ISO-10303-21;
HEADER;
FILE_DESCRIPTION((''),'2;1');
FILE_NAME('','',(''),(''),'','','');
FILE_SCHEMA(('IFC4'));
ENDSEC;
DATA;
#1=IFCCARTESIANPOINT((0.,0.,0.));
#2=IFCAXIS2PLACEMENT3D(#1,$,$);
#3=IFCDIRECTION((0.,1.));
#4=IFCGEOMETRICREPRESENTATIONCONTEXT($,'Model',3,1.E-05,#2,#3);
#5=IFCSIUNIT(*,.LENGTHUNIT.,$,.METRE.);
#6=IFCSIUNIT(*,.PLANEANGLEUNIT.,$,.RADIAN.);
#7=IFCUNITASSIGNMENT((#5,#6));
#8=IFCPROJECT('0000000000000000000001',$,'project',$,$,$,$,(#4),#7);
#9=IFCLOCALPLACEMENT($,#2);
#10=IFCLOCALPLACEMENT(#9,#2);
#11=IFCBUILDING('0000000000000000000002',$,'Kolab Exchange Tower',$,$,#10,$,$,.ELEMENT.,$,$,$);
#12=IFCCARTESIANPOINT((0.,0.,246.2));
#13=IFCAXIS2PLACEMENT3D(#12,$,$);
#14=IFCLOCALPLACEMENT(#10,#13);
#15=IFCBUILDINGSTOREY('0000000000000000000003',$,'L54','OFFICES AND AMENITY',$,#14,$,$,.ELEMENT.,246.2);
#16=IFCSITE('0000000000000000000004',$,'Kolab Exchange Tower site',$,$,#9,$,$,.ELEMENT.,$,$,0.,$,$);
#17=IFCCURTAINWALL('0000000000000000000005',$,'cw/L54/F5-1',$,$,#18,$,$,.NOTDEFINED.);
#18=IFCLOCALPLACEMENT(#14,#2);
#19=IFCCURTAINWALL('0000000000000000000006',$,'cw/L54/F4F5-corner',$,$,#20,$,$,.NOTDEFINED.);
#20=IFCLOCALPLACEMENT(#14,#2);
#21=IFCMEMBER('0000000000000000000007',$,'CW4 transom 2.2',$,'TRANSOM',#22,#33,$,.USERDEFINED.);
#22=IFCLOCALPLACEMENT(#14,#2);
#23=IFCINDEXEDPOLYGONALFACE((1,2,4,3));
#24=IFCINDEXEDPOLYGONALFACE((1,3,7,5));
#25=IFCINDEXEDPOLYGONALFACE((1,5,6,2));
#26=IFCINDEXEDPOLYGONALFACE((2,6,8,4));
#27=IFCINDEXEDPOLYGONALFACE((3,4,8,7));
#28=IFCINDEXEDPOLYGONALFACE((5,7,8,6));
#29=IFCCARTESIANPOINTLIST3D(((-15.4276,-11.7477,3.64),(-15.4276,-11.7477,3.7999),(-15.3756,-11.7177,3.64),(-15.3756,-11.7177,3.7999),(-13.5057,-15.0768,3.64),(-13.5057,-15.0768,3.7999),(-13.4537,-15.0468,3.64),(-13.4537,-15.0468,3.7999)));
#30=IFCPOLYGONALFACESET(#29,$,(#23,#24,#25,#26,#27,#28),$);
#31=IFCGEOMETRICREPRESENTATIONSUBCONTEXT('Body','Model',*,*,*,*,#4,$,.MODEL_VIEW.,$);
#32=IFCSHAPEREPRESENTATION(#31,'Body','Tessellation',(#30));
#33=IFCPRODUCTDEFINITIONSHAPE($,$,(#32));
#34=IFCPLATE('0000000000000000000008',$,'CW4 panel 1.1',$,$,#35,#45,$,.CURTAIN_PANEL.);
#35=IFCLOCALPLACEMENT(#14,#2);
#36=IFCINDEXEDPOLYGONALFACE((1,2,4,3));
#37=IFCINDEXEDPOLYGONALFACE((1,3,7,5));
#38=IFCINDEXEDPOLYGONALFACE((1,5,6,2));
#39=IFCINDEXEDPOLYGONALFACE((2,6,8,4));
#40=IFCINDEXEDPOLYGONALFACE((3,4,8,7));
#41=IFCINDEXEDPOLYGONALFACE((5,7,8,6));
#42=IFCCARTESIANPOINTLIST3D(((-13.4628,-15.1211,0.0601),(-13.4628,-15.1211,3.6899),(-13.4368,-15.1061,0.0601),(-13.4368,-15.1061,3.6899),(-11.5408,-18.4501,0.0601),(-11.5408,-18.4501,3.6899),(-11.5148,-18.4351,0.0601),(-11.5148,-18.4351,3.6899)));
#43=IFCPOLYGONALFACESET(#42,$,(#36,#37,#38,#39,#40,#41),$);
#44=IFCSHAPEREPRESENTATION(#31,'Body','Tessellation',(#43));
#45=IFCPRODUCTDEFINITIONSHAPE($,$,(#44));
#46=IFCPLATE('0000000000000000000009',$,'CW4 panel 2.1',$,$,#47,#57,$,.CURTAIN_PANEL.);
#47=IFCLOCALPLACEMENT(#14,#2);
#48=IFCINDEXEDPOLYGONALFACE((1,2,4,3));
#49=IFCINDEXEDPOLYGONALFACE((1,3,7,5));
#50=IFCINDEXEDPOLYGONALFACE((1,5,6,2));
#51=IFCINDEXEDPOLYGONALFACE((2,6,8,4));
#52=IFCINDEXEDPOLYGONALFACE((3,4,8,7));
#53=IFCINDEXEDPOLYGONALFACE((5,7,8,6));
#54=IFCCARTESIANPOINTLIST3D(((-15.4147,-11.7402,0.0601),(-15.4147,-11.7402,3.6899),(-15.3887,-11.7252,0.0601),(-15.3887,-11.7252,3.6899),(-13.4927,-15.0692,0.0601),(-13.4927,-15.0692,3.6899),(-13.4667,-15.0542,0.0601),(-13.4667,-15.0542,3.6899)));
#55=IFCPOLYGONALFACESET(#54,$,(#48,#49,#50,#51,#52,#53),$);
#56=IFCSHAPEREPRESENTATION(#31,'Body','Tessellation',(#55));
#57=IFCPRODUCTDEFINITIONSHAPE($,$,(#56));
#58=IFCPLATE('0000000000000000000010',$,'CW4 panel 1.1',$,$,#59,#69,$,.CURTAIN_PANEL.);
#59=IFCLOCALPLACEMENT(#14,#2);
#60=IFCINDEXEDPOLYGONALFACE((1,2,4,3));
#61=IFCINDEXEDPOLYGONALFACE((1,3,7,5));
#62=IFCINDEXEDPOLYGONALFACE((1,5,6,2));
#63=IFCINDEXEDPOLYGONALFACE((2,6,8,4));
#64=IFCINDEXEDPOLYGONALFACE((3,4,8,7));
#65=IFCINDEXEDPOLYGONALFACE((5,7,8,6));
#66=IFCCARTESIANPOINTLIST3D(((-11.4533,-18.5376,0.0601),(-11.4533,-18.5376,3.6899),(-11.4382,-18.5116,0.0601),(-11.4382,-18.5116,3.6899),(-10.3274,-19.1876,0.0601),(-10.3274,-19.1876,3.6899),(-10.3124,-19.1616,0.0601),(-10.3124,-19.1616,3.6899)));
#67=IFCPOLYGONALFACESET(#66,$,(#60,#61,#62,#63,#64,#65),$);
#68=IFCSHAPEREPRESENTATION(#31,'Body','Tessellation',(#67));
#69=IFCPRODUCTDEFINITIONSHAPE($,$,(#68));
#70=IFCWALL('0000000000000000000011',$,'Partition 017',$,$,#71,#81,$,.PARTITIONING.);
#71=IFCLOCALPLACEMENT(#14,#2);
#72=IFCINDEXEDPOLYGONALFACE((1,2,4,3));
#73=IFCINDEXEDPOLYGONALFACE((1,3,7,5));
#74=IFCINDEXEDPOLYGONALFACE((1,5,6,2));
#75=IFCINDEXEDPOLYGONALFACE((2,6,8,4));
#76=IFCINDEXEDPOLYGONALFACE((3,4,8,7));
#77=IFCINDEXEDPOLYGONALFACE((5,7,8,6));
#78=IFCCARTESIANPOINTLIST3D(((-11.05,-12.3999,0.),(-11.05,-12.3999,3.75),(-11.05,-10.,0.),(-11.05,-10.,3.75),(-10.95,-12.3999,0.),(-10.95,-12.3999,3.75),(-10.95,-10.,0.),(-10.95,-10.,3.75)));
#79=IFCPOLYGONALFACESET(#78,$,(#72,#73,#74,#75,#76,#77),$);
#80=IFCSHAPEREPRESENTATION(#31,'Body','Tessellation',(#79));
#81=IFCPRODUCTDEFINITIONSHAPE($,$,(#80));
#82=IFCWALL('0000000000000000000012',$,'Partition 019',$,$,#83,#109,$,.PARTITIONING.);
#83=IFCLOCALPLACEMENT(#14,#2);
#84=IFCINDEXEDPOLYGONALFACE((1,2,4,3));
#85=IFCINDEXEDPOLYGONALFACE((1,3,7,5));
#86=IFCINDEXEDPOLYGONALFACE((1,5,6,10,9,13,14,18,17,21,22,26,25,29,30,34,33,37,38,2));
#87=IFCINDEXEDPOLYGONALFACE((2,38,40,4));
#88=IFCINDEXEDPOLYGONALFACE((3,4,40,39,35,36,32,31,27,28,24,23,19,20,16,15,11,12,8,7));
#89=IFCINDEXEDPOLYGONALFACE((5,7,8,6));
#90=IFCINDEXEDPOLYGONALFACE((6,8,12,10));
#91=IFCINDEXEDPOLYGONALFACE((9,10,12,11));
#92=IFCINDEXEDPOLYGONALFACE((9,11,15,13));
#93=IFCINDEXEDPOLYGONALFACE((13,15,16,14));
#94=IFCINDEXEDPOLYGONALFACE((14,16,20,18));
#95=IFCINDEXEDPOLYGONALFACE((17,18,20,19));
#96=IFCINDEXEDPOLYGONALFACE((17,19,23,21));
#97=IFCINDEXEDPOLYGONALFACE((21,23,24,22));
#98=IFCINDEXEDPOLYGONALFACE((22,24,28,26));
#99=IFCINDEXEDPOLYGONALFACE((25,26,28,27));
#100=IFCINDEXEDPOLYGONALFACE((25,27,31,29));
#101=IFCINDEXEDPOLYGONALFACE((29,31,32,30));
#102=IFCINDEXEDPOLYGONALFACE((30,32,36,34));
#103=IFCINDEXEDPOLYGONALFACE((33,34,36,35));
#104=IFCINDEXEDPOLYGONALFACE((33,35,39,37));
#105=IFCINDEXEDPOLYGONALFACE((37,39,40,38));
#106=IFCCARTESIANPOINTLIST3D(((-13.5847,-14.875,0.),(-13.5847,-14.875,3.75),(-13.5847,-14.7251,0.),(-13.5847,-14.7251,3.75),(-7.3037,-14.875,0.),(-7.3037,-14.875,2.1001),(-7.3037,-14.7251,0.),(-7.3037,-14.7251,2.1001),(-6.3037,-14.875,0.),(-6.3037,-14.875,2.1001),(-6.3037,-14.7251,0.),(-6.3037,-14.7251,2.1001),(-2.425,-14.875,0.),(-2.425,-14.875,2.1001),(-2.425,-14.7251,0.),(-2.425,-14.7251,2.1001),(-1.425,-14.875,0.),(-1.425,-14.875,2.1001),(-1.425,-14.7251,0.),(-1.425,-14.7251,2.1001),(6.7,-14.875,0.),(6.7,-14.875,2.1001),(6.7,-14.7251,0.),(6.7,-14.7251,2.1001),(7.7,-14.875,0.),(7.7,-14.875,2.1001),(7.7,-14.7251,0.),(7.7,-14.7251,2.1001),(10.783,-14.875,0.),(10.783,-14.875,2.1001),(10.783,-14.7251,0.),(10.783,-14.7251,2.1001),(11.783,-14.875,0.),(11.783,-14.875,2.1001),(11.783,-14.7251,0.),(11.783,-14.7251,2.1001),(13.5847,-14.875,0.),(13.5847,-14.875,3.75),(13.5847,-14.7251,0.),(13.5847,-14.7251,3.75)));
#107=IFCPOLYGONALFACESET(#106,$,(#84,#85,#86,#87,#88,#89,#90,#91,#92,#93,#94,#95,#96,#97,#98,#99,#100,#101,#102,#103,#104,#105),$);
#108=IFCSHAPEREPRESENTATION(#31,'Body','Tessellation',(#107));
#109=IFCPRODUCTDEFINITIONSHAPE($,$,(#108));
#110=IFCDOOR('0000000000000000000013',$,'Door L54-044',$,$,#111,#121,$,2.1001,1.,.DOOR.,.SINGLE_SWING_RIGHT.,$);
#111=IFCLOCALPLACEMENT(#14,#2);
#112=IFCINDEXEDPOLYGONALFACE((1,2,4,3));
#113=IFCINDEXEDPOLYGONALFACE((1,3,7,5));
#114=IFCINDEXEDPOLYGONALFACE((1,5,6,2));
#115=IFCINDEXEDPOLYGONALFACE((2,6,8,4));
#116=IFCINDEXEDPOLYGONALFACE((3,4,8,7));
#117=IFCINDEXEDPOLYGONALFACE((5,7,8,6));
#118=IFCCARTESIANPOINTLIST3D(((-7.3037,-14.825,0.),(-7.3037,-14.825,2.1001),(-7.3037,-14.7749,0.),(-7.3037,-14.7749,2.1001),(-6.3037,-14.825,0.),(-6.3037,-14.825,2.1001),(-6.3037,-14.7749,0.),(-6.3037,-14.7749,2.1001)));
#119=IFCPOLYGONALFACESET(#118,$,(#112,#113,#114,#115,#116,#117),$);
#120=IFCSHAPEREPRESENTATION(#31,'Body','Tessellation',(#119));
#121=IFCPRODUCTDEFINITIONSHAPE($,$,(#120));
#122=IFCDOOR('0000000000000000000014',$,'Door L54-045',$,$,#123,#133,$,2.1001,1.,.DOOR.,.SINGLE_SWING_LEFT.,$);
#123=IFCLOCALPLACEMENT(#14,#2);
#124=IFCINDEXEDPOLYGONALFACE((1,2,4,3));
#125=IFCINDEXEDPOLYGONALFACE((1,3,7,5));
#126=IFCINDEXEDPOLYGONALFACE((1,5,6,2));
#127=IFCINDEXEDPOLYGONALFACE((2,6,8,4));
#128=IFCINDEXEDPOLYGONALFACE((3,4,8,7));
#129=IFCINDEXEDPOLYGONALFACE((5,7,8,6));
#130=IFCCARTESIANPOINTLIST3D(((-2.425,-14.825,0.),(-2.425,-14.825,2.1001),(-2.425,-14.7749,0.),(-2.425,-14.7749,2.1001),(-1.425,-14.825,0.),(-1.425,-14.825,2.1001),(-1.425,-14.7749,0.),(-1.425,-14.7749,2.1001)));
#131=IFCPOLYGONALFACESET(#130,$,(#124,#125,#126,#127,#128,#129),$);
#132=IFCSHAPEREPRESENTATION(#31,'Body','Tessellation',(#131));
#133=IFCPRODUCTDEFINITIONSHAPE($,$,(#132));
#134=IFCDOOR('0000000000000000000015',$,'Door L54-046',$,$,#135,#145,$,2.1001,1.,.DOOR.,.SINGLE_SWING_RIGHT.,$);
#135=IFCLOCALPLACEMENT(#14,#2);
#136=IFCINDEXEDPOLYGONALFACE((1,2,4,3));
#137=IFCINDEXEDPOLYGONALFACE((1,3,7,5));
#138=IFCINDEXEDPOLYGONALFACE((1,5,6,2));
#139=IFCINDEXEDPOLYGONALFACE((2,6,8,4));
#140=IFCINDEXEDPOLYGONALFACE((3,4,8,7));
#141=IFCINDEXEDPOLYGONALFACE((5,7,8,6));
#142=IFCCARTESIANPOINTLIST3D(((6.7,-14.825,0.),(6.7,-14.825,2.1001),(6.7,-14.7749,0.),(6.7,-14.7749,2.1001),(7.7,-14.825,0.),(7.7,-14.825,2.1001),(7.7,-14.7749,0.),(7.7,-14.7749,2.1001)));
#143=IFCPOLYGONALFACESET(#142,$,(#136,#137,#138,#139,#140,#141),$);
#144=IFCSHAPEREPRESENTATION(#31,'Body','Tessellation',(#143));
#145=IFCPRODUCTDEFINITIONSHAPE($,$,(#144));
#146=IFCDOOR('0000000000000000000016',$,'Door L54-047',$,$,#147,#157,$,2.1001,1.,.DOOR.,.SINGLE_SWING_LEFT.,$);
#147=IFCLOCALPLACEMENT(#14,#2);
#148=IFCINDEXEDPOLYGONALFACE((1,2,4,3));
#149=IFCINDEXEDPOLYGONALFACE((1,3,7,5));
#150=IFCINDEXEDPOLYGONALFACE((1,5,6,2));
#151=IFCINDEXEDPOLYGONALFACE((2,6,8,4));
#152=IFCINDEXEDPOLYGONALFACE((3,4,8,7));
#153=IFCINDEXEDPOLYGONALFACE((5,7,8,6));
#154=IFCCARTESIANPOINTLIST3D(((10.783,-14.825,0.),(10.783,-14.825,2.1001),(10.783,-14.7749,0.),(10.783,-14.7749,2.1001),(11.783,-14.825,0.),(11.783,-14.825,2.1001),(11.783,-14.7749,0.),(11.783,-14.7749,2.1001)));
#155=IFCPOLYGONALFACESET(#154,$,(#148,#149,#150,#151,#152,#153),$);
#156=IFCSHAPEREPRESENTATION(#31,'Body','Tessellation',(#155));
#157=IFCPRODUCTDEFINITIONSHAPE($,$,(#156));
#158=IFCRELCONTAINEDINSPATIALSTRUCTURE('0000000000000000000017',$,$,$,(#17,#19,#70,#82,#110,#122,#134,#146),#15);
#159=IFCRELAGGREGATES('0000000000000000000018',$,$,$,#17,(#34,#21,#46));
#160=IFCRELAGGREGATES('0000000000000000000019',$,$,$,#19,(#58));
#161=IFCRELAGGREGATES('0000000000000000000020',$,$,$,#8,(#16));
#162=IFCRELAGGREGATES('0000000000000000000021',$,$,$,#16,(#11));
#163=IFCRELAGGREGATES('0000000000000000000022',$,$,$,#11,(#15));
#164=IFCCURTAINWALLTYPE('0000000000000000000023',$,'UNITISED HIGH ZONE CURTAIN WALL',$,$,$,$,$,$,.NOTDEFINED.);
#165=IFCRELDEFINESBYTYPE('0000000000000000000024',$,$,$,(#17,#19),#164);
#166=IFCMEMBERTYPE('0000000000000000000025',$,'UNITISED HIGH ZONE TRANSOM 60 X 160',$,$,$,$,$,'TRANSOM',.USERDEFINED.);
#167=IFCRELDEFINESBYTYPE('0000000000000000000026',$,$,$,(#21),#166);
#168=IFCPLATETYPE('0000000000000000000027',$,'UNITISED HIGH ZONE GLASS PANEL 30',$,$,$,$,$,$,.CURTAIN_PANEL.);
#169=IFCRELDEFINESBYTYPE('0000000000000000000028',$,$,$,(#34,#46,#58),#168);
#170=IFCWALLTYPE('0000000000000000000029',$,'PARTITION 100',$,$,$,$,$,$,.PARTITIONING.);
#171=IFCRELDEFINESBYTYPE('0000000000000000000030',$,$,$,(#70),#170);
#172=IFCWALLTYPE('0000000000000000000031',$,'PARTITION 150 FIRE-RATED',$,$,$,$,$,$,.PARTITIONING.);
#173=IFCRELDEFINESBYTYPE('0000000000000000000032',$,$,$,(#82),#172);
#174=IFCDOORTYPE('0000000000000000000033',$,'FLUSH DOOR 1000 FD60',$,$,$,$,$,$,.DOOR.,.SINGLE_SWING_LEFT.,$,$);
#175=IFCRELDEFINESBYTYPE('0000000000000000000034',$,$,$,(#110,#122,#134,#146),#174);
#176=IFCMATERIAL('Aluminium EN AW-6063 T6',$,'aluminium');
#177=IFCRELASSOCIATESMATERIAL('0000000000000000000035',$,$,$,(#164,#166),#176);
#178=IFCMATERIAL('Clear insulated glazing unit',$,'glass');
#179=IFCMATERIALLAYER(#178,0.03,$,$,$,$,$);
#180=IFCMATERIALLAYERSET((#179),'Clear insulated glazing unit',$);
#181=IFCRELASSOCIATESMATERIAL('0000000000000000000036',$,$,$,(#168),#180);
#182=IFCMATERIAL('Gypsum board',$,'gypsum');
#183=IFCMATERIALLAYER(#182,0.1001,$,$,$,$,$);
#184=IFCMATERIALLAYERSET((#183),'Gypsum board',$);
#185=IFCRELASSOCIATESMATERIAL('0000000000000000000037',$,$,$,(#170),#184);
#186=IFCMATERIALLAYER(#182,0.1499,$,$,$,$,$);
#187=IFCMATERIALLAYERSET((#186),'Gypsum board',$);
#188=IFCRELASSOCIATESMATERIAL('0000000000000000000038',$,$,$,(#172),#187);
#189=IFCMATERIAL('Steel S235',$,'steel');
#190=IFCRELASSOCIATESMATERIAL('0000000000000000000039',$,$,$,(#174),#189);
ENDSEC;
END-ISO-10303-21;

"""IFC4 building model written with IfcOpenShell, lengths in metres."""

from ifc_helpers import new_model, si_unit, direction, frame, frame_2d, origin, origin_2d, place, context, subcontext, project, spatial, rectangle, extrude, material, layer, layer_set, material_profile, profile_set, type_object, element, fill, aggregate, save


model = new_model("IFC4")

# Units and contexts
model_context = context("Model", 3, precision=1e-05, world=origin(), true_north=direction((0.0, 1.0)))
body_context = subcontext(model_context, "Body", "Model", "MODEL_VIEW")
ifc_project = project(units=[si_unit("LENGTHUNIT", "METRE"), si_unit("PLANEANGLEUNIT", "RADIAN")], contexts=[model_context])

# Site, building, storey
site_placement = place(None, origin())
site = spatial("IfcSite", under=ifc_project, at=site_placement, Name="Kolab Exchange Tower site", CompositionType="ELEMENT", RefElevation=0.0)
building_placement = place(site_placement, origin())
building = spatial("IfcBuilding", under=site, at=building_placement, Name="Kolab Exchange Tower", CompositionType="ELEMENT")
storey_placement = place(building_placement, frame((0.0, 0.0, 246.2)))
storey = spatial("IfcBuildingStorey", under=building, at=storey_placement, Name="L54", Description="OFFICES AND AMENITY", CompositionType="ELEMENT", Elevation=246.2)

# Curtain wall
ifc_material_1 = material(Name="Aluminium EN AW-6063 T6", Category="aluminium")
curtain_wall_type = type_object("IfcCurtainWallType", Name="UNITISED HIGH ZONE CURTAIN WALL", PredefinedType="NOTDEFINED", material=ifc_material_1)
curtain_wall_1_placement = place(storey_placement, origin())
curtain_wall_1 = element("IfcCurtainWall", 1, at=curtain_wall_1_placement, inside=storey, type_object=curtain_wall_type, Name="cw/L54/F5-1", PredefinedType="NOTDEFINED")

# Curtain wall
curtain_wall_2_placement = place(storey_placement, origin())
curtain_wall_2 = element("IfcCurtainWall", 2, at=curtain_wall_2_placement, inside=storey, type_object=curtain_wall_type, Name="cw/L54/F4F5-corner", PredefinedType="NOTDEFINED")

# Member
ifc_material_profile_1 = material_profile(ifc_material_1, rectangle(XDim=0.0601, YDim=0.1599, at=origin_2d()), Name="RECT 60X160")
ifc_profile_set_1 = profile_set([ifc_material_profile_1], Name="Aluminium EN AW-6063 T6")
member_type_1 = type_object("IfcMemberType", Name="UNITISED HIGH ZONE TRANSOM 60 X 160", ElementType="TRANSOM", PredefinedType="USERDEFINED", material=ifc_profile_set_1)
member_1_placement = place(storey_placement, frame((-13.4797, -15.0618, 3.72), z_axis=(-0.499964, 0.866046, 0.0), x_axis=(-0.866046, -0.499964, 0.0)))
member_1 = element("IfcMember", 3, at=member_1_placement, type_object=member_type_1, Name="CW4 transom 2.2", ObjectType="TRANSOM", PredefinedType="USERDEFINED", context=body_context, shape_type="SweptSolid", body=[
    extrude(rectangle(XDim=0.0601, YDim=0.1599, at=origin_2d()), origin(), (0.0, 0.0, 1.0), 3.844),
])

# Plates
ifc_material_2 = material(Name="Clear insulated glazing unit", Category="glass")
ifc_layer_1 = layer(ifc_material_2, 0.03)
ifc_layer_set_1 = layer_set([ifc_layer_1], Name="Clear insulated glazing unit")
plate_type = type_object("IfcPlateType", Name="UNITISED HIGH ZONE GLASS PANEL 30", PredefinedType="CURTAIN_PANEL", material=ifc_layer_set_1)
plate_1_placement = place(storey_placement, frame((-12.4888, -16.7781, 0.0601), z_axis=(0.0, 0.0, 1.0), x_axis=(-0.5, 0.866025, 0.0)))
plate_1 = element("IfcPlate", 4, at=plate_1_placement, type_object=plate_type, Name="CW4 panel 1.1", PredefinedType="CURTAIN_PANEL", context=body_context, shape_type="SweptSolid", body=[
    extrude(rectangle(XDim=3.844, YDim=0.03, at=origin_2d()), origin(), (0.0, 0.0, 1.0), 3.6299),
])
plate_2_placement = place(storey_placement, frame((-14.4407, -13.3972, 0.0601), z_axis=(0.0, 0.0, 1.0), x_axis=(-0.5, 0.866025, 0.0)))
plate_2 = element("IfcPlate", 5, at=plate_2_placement, type_object=plate_type, Name="CW4 panel 2.1", PredefinedType="CURTAIN_PANEL", context=body_context, shape_type="SweptSolid", body=[
    extrude(rectangle(XDim=3.844, YDim=0.03, at=origin_2d()), origin(), (0.0, 0.0, 1.0), 3.6299),
])
aggregate(curtain_wall_1, [plate_1, member_1, plate_2])
plate_3_placement = place(storey_placement, frame((-10.8828, -18.8496, 0.0601), z_axis=(0.0, 0.0, 1.0), x_axis=(-0.866025, 0.5, 0.0)))
plate_3 = element("IfcPlate", 6, at=plate_3_placement, type_object=plate_type, Name="CW4 panel 1.1", PredefinedType="CURTAIN_PANEL", context=body_context, shape_type="SweptSolid", body=[
    extrude(rectangle(XDim=1.3, YDim=0.03, at=origin_2d()), origin(), (0.0, 0.0, 1.0), 3.6299),
])
aggregate(curtain_wall_2, [plate_3])

# Wall
ifc_material_3 = material(Name="Gypsum board", Category="gypsum")
ifc_layer_2 = layer(ifc_material_3, 0.1001)
ifc_layer_set_2 = layer_set([ifc_layer_2], Name="Gypsum board")
wall_type_1 = type_object("IfcWallType", Name="PARTITION 100", PredefinedType="PARTITIONING", material=ifc_layer_set_2)
wall_1_placement = place(storey_placement, frame((-11.0, -12.3999, 0.0), z_axis=(0.0, 0.0, 1.0), x_axis=(0.0, 1.0, 0.0)))
element("IfcWall", 7, at=wall_1_placement, inside=storey, type_object=wall_type_1, Name="Partition 017", PredefinedType="PARTITIONING", context=body_context, shape_type="SweptSolid", body=[
    extrude(rectangle(XDim=2.3999, YDim=0.1001, at=frame_2d((1.2, 0.0))), origin(), (0.0, 0.0, 1.0), 3.75),
])

# Wall, openings, doors
ifc_layer_3 = layer(ifc_material_3, 0.1499)
ifc_layer_set_3 = layer_set([ifc_layer_3], Name="Gypsum board")
wall_type_2 = type_object("IfcWallType", Name="PARTITION 150 FIRE-RATED", PredefinedType="PARTITIONING", material=ifc_layer_set_3)
wall_2_placement = place(storey_placement, frame((-13.5847, -14.8, 0.0), z_axis=(0.0, 0.0, 1.0), x_axis=(1.0, 0.0, 0.0)))
wall_2 = element("IfcWall", 8, at=wall_2_placement, inside=storey, type_object=wall_type_2, Name="Partition 019", PredefinedType="PARTITIONING", context=body_context, shape_type="SweptSolid", body=[
    extrude(rectangle(XDim=27.1694, YDim=0.1499, at=frame_2d((13.5847, 0.0))), origin(), (0.0, 0.0, 1.0), 3.75),
])
opening_1_placement = place(wall_2_placement, frame((6.281, 0.0, 0.0)))
opening_1 = element("IfcOpeningElement", 9, at=opening_1_placement, cuts=wall_2, PredefinedType="OPENING", context=body_context, shape_type="SweptSolid", body=[
    extrude(rectangle(XDim=1.0, YDim=2.1001, at=frame_2d((0.5, 1.05))), frame((0.0, 0.085, 0.0), z_axis=(0.0, -1.0, 0.0), x_axis=(1.0, 0.0, 0.0)), (0.0, 0.0, 1.0), 0.1699),
])
opening_2_placement = place(wall_2_placement, frame((11.1597, 0.0, 0.0)))
opening_2 = element("IfcOpeningElement", 10, at=opening_2_placement, cuts=wall_2, PredefinedType="OPENING", context=body_context, shape_type="SweptSolid", body=[
    extrude(rectangle(XDim=1.0, YDim=2.1001, at=frame_2d((0.5, 1.05))), frame((0.0, 0.085, 0.0), z_axis=(0.0, -1.0, 0.0), x_axis=(1.0, 0.0, 0.0)), (0.0, 0.0, 1.0), 0.1699),
])
opening_3_placement = place(wall_2_placement, frame((20.2847, 0.0, 0.0)))
opening_3 = element("IfcOpeningElement", 11, at=opening_3_placement, cuts=wall_2, PredefinedType="OPENING", context=body_context, shape_type="SweptSolid", body=[
    extrude(rectangle(XDim=1.0, YDim=2.1001, at=frame_2d((0.5, 1.05))), frame((0.0, 0.085, 0.0), z_axis=(0.0, -1.0, 0.0), x_axis=(1.0, 0.0, 0.0)), (0.0, 0.0, 1.0), 0.1699),
])
opening_4_placement = place(wall_2_placement, frame((24.3677, 0.0, 0.0)))
opening_4 = element("IfcOpeningElement", 12, at=opening_4_placement, cuts=wall_2, PredefinedType="OPENING", context=body_context, shape_type="SweptSolid", body=[
    extrude(rectangle(XDim=1.0, YDim=2.1001, at=frame_2d((0.5, 1.05))), frame((0.0, 0.085, 0.0), z_axis=(0.0, -1.0, 0.0), x_axis=(1.0, 0.0, 0.0)), (0.0, 0.0, 1.0), 0.1699),
])
ifc_material_4 = material(Name="Steel S235", Category="steel")
door_type_1 = type_object("IfcDoorType", Name="FLUSH DOOR 1000 FD60", OperationType="SINGLE_SWING_LEFT", PredefinedType="DOOR", material=ifc_material_4)
door_1_placement = place(opening_1_placement, frame((1.0, 0.0, 0.0), z_axis=(0.0, 0.0, 1.0), x_axis=(-1.0, 0.0, 0.0)))
door_1 = element("IfcDoor", 13, at=door_1_placement, inside=storey, type_object=door_type_1, Name="Door L54-044", OperationType="SINGLE_SWING_RIGHT", OverallHeight=2.1001, OverallWidth=1.0, PredefinedType="DOOR", context=body_context, shape_type="SweptSolid", body=[
    extrude(rectangle(XDim=1.0, YDim=2.1001, at=frame_2d((0.5, 1.05))), frame((0.0, 0.0249, 0.0), z_axis=(0.0, -1.0, 0.0), x_axis=(1.0, 0.0, 0.0)), (0.0, 0.0, 1.0), 0.05),
])
fill(opening_1, door_1)
door_2_placement = place(opening_2_placement, frame((1.0, 0.0, 0.0), z_axis=(0.0, 0.0, 1.0), x_axis=(-1.0, 0.0, 0.0)))
door_2 = element("IfcDoor", 14, at=door_2_placement, inside=storey, type_object=door_type_1, Name="Door L54-045", OperationType="SINGLE_SWING_LEFT", OverallHeight=2.1001, OverallWidth=1.0, PredefinedType="DOOR", context=body_context, shape_type="SweptSolid", body=[
    extrude(rectangle(XDim=1.0, YDim=2.1001, at=frame_2d((0.5, 1.05))), frame((0.0, 0.0249, 0.0), z_axis=(0.0, -1.0, 0.0), x_axis=(1.0, 0.0, 0.0)), (0.0, 0.0, 1.0), 0.05),
])
fill(opening_2, door_2)
door_3_placement = place(opening_3_placement, frame((1.0, 0.0, 0.0), z_axis=(0.0, 0.0, 1.0), x_axis=(-1.0, 0.0, 0.0)))
door_3 = element("IfcDoor", 15, at=door_3_placement, inside=storey, type_object=door_type_1, Name="Door L54-046", OperationType="SINGLE_SWING_RIGHT", OverallHeight=2.1001, OverallWidth=1.0, PredefinedType="DOOR", context=body_context, shape_type="SweptSolid", body=[
    extrude(rectangle(XDim=1.0, YDim=2.1001, at=frame_2d((0.5, 1.05))), frame((0.0, 0.0249, 0.0), z_axis=(0.0, -1.0, 0.0), x_axis=(1.0, 0.0, 0.0)), (0.0, 0.0, 1.0), 0.05),
])
fill(opening_3, door_3)
door_4_placement = place(opening_4_placement, frame((1.0, 0.0, 0.0), z_axis=(0.0, 0.0, 1.0), x_axis=(-1.0, 0.0, 0.0)))
door_4 = element("IfcDoor", 16, at=door_4_placement, inside=storey, type_object=door_type_1, Name="Door L54-047", OperationType="SINGLE_SWING_LEFT", OverallHeight=2.1001, OverallWidth=1.0, PredefinedType="DOOR", context=body_context, shape_type="SweptSolid", body=[
    extrude(rectangle(XDim=1.0, YDim=2.1001, at=frame_2d((0.5, 1.05))), frame((0.0, 0.0249, 0.0), z_axis=(0.0, -1.0, 0.0), x_axis=(1.0, 0.0, 0.0)), (0.0, 0.0, 1.0), 0.05),
])
fill(opening_4, door_4)

save(model, "model.ifc")
